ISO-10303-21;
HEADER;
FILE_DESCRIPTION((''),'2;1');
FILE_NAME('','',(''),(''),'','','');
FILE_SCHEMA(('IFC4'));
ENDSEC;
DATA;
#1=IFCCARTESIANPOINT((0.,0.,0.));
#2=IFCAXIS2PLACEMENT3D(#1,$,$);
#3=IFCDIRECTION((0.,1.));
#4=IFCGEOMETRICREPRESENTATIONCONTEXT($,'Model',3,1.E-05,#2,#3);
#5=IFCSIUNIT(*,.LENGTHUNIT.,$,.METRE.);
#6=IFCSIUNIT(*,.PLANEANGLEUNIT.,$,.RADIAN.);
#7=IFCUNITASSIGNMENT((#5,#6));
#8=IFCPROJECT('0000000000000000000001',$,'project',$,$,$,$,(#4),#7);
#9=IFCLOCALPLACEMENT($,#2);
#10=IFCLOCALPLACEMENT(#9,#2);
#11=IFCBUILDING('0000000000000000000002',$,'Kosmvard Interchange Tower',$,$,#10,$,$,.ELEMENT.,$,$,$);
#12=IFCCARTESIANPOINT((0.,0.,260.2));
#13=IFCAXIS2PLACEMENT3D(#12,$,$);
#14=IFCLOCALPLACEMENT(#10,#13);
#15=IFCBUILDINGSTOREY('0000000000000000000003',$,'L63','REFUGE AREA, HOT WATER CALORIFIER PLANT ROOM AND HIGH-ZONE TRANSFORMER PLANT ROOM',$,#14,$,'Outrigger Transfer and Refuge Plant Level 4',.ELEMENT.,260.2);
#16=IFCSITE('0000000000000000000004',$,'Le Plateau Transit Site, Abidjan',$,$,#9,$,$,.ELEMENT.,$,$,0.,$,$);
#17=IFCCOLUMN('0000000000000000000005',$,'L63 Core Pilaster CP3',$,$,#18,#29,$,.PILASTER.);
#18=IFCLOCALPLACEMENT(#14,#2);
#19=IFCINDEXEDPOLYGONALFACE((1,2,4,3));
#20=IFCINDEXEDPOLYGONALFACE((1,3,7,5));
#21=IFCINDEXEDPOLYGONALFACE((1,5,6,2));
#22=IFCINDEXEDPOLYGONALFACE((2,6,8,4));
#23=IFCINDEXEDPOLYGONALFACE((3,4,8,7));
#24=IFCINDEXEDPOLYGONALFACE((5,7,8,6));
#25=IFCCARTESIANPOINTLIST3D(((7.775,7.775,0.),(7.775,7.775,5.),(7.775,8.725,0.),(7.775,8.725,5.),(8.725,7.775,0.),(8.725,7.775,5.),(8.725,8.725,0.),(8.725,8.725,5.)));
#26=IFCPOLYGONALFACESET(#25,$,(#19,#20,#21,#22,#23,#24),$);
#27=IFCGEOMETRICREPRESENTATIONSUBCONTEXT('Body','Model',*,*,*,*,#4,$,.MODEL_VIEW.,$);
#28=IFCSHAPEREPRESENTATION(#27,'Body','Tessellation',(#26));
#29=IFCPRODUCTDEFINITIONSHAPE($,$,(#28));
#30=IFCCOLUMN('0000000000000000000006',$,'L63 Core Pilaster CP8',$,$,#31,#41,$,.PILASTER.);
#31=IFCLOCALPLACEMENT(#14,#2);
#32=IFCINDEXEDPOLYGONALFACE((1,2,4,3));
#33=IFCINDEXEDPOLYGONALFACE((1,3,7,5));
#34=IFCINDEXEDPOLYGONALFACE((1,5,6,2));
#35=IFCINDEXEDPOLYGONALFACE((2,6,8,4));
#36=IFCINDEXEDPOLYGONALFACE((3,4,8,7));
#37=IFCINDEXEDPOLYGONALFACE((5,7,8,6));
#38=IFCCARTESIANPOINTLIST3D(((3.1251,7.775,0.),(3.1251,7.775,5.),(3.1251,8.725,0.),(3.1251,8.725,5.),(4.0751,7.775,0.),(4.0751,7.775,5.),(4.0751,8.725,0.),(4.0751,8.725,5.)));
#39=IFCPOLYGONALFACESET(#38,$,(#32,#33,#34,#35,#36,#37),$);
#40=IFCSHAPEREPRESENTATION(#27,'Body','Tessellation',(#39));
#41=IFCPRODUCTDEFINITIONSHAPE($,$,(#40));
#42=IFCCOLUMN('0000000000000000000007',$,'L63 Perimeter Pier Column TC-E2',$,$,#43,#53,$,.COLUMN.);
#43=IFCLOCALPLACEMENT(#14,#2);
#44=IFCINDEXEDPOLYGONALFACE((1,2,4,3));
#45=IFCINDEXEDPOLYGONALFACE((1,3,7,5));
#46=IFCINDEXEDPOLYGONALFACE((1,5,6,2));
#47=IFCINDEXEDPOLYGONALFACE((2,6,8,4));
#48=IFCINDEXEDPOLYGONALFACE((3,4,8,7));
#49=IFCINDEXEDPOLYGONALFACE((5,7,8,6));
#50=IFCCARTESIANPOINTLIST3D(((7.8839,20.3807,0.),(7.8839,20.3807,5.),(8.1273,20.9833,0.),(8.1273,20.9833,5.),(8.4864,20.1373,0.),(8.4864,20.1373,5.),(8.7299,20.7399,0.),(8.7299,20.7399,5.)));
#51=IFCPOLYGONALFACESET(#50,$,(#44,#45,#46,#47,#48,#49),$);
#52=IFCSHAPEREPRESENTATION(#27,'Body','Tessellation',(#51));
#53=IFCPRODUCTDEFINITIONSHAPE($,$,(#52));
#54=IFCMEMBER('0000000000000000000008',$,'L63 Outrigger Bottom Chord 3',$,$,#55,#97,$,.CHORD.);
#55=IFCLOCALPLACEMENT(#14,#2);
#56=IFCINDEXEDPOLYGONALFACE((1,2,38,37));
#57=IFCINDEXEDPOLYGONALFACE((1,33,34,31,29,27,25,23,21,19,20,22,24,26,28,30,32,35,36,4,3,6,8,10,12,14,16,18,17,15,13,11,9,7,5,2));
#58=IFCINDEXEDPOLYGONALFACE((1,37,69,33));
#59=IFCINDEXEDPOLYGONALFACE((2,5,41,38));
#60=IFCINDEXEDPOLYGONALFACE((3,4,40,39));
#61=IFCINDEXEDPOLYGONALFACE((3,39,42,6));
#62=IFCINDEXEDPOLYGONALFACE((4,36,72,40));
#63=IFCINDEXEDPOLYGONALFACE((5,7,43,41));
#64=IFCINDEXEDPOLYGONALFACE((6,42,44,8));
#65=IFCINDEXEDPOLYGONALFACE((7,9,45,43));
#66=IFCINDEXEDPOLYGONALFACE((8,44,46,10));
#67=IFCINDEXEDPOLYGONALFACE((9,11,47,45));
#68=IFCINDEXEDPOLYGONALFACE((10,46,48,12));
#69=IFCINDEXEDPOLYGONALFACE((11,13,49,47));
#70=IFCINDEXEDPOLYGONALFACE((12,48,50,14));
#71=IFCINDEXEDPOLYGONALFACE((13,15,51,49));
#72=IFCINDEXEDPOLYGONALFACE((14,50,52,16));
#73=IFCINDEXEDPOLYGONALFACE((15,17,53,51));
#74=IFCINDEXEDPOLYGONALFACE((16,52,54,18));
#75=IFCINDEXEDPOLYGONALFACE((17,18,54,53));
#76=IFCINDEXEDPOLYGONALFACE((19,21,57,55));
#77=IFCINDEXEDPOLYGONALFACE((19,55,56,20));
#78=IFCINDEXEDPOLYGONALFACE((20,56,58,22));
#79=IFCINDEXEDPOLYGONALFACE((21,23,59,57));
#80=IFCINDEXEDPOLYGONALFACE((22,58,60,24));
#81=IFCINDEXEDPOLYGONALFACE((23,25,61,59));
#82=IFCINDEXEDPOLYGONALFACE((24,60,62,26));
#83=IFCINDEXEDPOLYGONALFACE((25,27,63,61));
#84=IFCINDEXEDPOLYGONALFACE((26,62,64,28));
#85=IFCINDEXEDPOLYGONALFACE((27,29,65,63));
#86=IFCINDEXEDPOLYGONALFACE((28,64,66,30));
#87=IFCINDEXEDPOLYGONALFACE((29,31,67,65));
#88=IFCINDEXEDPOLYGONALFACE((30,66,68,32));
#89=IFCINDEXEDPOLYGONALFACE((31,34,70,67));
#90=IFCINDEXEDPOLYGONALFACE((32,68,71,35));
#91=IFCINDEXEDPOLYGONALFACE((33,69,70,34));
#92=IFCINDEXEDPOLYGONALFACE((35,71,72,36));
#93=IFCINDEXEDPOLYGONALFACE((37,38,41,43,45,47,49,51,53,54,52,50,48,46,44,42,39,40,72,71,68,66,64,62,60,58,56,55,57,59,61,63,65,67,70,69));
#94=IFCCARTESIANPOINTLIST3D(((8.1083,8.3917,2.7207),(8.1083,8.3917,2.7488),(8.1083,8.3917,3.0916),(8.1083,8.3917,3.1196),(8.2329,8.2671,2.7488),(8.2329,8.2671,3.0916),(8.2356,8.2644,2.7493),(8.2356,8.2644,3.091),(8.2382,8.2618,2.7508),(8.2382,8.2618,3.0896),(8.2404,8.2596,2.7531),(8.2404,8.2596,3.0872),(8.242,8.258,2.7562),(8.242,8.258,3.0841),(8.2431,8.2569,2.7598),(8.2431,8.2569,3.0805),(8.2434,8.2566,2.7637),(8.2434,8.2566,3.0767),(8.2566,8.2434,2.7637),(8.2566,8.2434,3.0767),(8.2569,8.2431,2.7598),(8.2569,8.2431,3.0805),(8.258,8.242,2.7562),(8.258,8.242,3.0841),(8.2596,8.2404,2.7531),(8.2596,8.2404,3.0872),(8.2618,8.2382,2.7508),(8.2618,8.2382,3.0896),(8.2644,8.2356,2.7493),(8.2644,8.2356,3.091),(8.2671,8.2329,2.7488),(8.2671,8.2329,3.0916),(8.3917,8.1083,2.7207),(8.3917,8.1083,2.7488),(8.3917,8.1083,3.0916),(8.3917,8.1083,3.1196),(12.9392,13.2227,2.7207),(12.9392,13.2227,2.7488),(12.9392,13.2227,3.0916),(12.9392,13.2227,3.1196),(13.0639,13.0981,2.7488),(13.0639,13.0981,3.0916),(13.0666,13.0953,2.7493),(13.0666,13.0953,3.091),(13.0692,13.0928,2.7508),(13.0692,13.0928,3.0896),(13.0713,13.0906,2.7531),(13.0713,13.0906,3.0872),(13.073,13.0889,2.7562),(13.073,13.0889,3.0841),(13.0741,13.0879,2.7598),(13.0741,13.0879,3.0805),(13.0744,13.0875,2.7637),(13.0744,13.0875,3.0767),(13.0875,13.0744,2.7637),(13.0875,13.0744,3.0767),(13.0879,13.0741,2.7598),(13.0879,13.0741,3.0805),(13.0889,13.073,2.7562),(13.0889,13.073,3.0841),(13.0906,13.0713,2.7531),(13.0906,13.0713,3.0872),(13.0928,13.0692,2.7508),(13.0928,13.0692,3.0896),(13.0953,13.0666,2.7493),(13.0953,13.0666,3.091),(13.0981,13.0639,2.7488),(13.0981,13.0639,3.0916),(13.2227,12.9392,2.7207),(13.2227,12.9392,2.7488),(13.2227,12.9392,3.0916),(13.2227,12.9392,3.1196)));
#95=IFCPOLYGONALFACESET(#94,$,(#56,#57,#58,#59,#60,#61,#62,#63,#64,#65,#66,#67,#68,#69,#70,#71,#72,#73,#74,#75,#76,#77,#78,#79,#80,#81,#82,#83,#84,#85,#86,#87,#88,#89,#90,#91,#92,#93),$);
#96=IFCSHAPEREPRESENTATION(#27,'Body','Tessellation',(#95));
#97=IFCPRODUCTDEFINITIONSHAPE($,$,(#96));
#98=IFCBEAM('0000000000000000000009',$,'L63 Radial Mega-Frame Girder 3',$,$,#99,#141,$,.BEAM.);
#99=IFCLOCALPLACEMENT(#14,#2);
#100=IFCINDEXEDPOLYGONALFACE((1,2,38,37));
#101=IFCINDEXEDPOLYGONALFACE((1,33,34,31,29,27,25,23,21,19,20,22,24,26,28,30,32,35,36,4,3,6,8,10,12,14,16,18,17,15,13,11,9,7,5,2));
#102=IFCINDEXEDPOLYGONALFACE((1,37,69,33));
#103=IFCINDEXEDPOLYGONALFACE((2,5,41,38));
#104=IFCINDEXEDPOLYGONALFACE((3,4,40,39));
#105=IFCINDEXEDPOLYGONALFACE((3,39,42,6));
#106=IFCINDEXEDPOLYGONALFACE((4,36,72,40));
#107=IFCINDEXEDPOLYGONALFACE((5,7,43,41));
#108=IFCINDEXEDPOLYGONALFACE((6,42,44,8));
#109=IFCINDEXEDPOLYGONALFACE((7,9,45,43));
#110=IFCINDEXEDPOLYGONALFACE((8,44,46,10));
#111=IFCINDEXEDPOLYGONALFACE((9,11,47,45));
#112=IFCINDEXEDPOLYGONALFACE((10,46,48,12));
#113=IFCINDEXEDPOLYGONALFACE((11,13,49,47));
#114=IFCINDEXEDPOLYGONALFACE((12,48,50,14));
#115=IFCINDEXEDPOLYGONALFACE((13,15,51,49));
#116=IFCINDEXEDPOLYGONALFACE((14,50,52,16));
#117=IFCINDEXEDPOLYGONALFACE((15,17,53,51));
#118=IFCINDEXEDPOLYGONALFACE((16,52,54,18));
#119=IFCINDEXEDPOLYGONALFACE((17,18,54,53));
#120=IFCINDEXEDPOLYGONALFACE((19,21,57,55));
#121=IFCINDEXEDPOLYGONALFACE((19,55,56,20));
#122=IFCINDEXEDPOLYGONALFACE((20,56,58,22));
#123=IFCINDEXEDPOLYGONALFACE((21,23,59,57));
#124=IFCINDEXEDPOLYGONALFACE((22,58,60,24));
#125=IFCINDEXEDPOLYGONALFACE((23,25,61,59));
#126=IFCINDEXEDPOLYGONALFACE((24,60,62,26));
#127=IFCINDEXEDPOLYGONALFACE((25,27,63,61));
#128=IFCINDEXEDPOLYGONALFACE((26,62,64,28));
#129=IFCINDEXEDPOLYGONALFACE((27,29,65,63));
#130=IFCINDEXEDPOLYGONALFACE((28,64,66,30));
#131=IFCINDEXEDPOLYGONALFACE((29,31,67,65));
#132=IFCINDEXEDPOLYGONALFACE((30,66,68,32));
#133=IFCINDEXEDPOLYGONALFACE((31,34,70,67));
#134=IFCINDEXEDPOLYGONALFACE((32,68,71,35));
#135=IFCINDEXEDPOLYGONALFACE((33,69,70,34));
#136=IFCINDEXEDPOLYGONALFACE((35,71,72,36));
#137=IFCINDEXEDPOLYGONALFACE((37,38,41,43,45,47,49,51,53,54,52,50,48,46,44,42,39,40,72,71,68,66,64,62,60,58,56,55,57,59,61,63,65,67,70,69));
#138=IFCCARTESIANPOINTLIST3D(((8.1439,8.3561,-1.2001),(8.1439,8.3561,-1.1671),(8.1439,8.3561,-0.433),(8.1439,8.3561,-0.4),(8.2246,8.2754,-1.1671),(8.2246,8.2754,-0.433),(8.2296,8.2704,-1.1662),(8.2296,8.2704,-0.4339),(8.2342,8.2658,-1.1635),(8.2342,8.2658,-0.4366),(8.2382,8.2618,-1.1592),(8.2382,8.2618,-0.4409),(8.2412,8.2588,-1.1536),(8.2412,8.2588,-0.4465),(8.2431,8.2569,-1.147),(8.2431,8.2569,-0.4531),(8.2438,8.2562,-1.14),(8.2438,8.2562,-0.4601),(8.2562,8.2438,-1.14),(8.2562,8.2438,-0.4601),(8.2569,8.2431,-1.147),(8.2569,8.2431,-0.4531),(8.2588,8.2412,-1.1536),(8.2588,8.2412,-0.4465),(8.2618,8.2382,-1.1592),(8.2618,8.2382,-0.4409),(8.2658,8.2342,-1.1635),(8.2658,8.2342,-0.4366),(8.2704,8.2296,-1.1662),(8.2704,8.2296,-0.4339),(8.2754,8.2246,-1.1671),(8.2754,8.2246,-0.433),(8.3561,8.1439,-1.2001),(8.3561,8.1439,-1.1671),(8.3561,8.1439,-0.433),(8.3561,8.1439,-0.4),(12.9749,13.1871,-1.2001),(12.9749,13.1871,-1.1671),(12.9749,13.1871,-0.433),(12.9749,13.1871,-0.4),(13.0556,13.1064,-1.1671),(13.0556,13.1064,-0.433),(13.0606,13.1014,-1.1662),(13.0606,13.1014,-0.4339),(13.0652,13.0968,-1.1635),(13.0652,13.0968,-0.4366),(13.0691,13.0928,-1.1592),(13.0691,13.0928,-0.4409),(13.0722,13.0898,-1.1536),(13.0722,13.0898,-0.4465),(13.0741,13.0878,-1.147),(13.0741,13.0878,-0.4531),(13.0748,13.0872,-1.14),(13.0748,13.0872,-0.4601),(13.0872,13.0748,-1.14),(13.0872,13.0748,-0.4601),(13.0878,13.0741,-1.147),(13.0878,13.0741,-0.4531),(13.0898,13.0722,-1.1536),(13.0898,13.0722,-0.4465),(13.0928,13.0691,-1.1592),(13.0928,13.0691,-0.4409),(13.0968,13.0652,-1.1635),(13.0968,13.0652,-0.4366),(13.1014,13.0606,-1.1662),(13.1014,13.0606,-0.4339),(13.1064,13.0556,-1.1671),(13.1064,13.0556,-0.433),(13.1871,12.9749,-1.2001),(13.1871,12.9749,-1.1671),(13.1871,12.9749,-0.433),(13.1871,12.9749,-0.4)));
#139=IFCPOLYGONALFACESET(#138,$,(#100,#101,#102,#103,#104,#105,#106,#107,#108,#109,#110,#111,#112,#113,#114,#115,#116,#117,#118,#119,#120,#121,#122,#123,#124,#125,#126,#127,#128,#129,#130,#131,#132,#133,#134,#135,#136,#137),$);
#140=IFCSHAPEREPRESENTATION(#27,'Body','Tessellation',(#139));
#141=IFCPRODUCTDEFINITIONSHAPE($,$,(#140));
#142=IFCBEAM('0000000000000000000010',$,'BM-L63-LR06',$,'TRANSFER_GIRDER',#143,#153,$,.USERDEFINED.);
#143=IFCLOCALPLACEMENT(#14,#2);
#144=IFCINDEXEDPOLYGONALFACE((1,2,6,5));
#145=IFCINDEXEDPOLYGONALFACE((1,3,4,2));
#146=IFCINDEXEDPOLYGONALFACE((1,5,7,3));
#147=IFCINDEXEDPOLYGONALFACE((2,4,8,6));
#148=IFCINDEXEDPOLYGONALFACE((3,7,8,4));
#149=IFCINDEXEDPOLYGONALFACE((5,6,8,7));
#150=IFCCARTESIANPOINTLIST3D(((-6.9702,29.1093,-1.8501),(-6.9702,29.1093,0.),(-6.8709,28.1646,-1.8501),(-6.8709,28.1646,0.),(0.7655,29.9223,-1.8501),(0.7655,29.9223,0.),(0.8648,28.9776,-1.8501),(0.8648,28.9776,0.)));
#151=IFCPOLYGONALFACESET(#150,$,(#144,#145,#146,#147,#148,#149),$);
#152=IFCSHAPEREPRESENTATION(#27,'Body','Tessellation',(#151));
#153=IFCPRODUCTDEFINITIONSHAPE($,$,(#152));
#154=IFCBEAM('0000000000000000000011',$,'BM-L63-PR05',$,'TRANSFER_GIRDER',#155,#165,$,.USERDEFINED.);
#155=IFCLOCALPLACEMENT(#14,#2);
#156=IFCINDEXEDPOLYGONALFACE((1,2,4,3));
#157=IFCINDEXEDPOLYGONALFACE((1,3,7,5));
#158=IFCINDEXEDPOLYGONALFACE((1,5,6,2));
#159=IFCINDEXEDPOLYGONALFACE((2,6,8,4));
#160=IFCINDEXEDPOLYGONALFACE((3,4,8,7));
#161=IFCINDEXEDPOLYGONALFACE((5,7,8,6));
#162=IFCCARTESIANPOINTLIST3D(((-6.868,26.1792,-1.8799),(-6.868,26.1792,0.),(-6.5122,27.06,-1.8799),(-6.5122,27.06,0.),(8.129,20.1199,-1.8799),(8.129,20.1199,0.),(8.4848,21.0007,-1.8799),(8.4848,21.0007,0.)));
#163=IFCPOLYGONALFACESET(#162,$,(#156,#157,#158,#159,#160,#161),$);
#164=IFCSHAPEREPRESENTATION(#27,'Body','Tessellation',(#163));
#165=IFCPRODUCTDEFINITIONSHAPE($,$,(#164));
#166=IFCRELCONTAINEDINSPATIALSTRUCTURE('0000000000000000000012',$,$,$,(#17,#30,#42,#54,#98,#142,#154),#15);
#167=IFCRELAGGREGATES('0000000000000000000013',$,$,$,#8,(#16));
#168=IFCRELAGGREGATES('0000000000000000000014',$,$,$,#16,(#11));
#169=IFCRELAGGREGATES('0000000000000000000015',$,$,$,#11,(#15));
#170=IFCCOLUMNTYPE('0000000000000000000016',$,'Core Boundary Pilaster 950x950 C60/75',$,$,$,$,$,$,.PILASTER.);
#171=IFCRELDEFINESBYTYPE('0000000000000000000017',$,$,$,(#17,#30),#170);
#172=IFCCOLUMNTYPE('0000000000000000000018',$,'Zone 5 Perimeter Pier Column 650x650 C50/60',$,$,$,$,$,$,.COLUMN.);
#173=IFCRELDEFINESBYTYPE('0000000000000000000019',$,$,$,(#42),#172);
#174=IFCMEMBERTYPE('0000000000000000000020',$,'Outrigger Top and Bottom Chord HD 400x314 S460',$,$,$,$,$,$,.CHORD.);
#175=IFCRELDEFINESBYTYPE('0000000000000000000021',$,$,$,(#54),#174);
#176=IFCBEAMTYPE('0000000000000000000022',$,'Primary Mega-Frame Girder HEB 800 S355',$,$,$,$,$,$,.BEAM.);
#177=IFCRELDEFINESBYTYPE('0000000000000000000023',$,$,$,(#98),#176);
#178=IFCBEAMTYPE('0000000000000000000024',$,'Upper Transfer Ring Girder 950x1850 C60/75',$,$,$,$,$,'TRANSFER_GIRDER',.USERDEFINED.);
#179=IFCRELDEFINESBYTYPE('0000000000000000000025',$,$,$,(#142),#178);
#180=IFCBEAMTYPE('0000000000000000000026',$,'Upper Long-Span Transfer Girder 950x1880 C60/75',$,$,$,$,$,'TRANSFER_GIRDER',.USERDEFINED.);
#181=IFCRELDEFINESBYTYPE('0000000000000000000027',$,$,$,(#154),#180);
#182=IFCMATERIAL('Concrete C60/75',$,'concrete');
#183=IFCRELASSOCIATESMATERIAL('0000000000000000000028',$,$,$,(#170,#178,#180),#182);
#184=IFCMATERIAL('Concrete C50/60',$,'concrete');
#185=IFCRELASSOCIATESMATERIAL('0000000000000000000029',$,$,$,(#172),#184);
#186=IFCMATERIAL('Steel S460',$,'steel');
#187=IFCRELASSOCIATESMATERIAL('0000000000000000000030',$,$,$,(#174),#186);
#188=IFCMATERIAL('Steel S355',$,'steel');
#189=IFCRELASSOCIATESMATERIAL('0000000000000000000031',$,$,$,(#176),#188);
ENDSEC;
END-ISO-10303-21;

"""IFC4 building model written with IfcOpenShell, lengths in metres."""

from ifc_helpers import new_model, si_unit, direction, frame, origin, origin_2d, place, context, subcontext, project, spatial, rectangle, i_section, extrude, source, transform, mapped, material, material_profile, profile_set, type_object, element, save


model = new_model("IFC4")

# Units and contexts
model_context = context("Model", 3, precision=1e-05, world=origin(), true_north=direction((0.0, 1.0)))
body_context = subcontext(model_context, "Body", "Model", "MODEL_VIEW")
ifc_project = project(units=[si_unit("LENGTHUNIT", "METRE"), si_unit("PLANEANGLEUNIT", "RADIAN")], contexts=[model_context])

# Site, building, storey
site_placement = place(None, origin())
site = spatial("IfcSite", under=ifc_project, at=site_placement, Name="Le Plateau Transit Site, Abidjan", CompositionType="ELEMENT", RefElevation=0.0)
building_placement = place(site_placement, origin())
building = spatial("IfcBuilding", under=site, at=building_placement, Name="Kosmvard Interchange Tower", CompositionType="ELEMENT")
storey_placement = place(building_placement, frame((0.0, 0.0, 260.2)))
storey = spatial("IfcBuildingStorey", under=building, at=storey_placement, Name="L63", Description="REFUGE AREA, HOT WATER CALORIFIER PLANT ROOM AND HIGH-ZONE TRANSFORMER PLANT ROOM", LongName="Outrigger Transfer and Refuge Plant Level 4", CompositionType="ELEMENT", Elevation=260.2)

# Columns
ifc_material_1 = material(Name="Concrete C60/75", Category="concrete")
ifc_material_profile_1 = material_profile(ifc_material_1, rectangle(XDim=0.95, YDim=0.95, at=origin_2d()), Name="CP 950x950")
ifc_profile_set_1 = profile_set([ifc_material_profile_1], Name="Concrete C60/75")
column_type_1 = type_object("IfcColumnType", Name="Core Boundary Pilaster 950x950 C60/75", PredefinedType="PILASTER", material=ifc_profile_set_1)
shared_shape_1 = source(origin(), body_context, "Body", "SweptSolid", [
    extrude(rectangle(XDim=0.95, YDim=0.95, at=origin_2d()), origin(), (0.0, 0.0, 1.0), 5.0),
])
for number, where, z_axis, x_axis, name in (
    (1, (8.25, 8.25, 0.0), (0.0, 0.0, 1.0), (1.0, 0.0, 0.0), "L63 Core Pilaster CP3"),
    (2, (3.6001, 8.25, 0.0), (0.0, 0.0, 1.0), (1.0, 0.0, 0.0), "L63 Core Pilaster CP8"),
):
    element("IfcColumn", number, at=place(storey_placement, frame(where, z_axis=z_axis, x_axis=x_axis)), inside=storey, type_object=column_type_1, Name=name, PredefinedType="PILASTER", context=body_context, shape_type="MappedRepresentation", body=[
        mapped(shared_shape_1, transform((0.0, 0.0, 0.0), scale=1.0)),
    ])
ifc_material_2 = material(Name="Concrete C50/60", Category="concrete")
ifc_material_profile_2 = material_profile(ifc_material_2, rectangle(XDim=0.6499, YDim=0.6499, at=origin_2d()), Name="TC 650x650")
ifc_profile_set_2 = profile_set([ifc_material_profile_2], Name="Concrete C50/60")
column_type_2 = type_object("IfcColumnType", Name="Zone 5 Perimeter Pier Column 650x650 C50/60", PredefinedType="COLUMN", material=ifc_profile_set_2)
shared_shape_2 = source(origin(), body_context, "Body", "SweptSolid", [
    extrude(rectangle(XDim=0.6499, YDim=0.6499, at=origin_2d()), origin(), (0.0, 0.0, 1.0), 5.0),
])
column_placement = place(storey_placement, frame((8.3069, 20.5603, 0.0), z_axis=(0.0, 0.0, 1.0), x_axis=(0.374607, 0.927184, 0.0)))
element("IfcColumn", 3, at=column_placement, inside=storey, type_object=column_type_2, Name="L63 Perimeter Pier Column TC-E2", PredefinedType="COLUMN", context=body_context, shape_type="MappedRepresentation", body=[
    mapped(shared_shape_2, transform((0.0, 0.0, 0.0), scale=1.0)),
])

# Member
ifc_material_3 = material(Name="Steel S460", Category="steel")
ifc_material_profile_3 = material_profile(ifc_material_3, i_section(OverallWidth=0.4009, OverallDepth=0.3989, WebThickness=0.0186, FlangeThickness=0.0281, FilletRadius=0.0149, at=origin_2d()), Name="HD 400x314")
ifc_profile_set_3 = profile_set([ifc_material_profile_3], Name="Steel S460")
member_type_1 = type_object("IfcMemberType", Name="Outrigger Top and Bottom Chord HD 400x314 S460", PredefinedType="CHORD", material=ifc_profile_set_3)
shared_shape_3 = source(origin(), body_context, "Body", "SweptSolid", [
    extrude(i_section(OverallWidth=0.4009, OverallDepth=0.3989, WebThickness=0.0186, FlangeThickness=0.0281, FilletRadius=0.0149, at=origin_2d()), origin(), (0.0, 0.0, 1.0), 6.832),
])
member_1_placement = place(storey_placement, frame((8.25, 8.25, 2.9202), z_axis=(0.707107, 0.707107, 0.0), x_axis=(-0.707107, 0.707107, 0.0)))
element("IfcMember", 4, at=member_1_placement, inside=storey, type_object=member_type_1, Name="L63 Outrigger Bottom Chord 3", PredefinedType="CHORD", context=body_context, shape_type="MappedRepresentation", body=[
    mapped(shared_shape_3, transform((0.0, 0.0, 0.0), scale=1.0)),
])

# Beams
ifc_material_4 = material(Name="Steel S355", Category="steel")
ifc_material_profile_4 = material_profile(ifc_material_4, i_section(OverallWidth=0.3, OverallDepth=0.8, WebThickness=0.0176, FlangeThickness=0.033, FilletRadius=0.0271, at=origin_2d()), Name="HEB 800")
ifc_profile_set_4 = profile_set([ifc_material_profile_4], Name="Steel S355")
beam_type_1 = type_object("IfcBeamType", Name="Primary Mega-Frame Girder HEB 800 S355", PredefinedType="BEAM", material=ifc_profile_set_4)
shared_shape_4 = source(origin(), body_context, "Body", "SweptSolid", [
    extrude(i_section(OverallWidth=0.3, OverallDepth=0.8, WebThickness=0.0176, FlangeThickness=0.033, FilletRadius=0.0271, at=origin_2d()), origin(), (0.0, 0.0, 1.0), 6.832),
])
beam_1_placement = place(storey_placement, frame((8.25, 8.25, -0.8), z_axis=(0.707107, 0.707107, 0.0), x_axis=(-0.707107, 0.707107, 0.0)))
element("IfcBeam", 5, at=beam_1_placement, inside=storey, type_object=beam_type_1, Name="L63 Radial Mega-Frame Girder 3", PredefinedType="BEAM", context=body_context, shape_type="MappedRepresentation", body=[
    mapped(shared_shape_4, transform((0.0, 0.0, 0.0), scale=1.0)),
])
ifc_material_profile_5 = material_profile(ifc_material_1, rectangle(XDim=0.95, YDim=1.8501, at=origin_2d()), Name="TG 950x1850")
ifc_profile_set_5 = profile_set([ifc_material_profile_5], Name="Concrete C60/75")
beam_type_2 = type_object("IfcBeamType", Name="Upper Transfer Ring Girder 950x1850 C60/75", ElementType="TRANSFER_GIRDER", PredefinedType="USERDEFINED", material=ifc_profile_set_5)
shared_shape_5 = source(origin(), body_context, "Body", "SweptSolid", [
    extrude(rectangle(XDim=0.95, YDim=1.8501, at=origin_2d()), origin(), (0.0, 0.0, 1.0), 7.7783),
])
beam_2_placement = place(storey_placement, frame((0.8152, 29.45, -0.925), z_axis=(-0.994523, -0.104521, 0.0), x_axis=(0.104521, -0.994523, 0.0)))
element("IfcBeam", 6, at=beam_2_placement, inside=storey, type_object=beam_type_2, Name="BM-L63-LR06", ObjectType="TRANSFER_GIRDER", PredefinedType="USERDEFINED", context=body_context, shape_type="MappedRepresentation", body=[
    mapped(shared_shape_5, transform((0.0, 0.0, 0.0), scale=1.0)),
])
ifc_material_profile_6 = material_profile(ifc_material_1, rectangle(XDim=0.95, YDim=1.8799, at=origin_2d()), Name="TG 950x1880")
ifc_profile_set_6 = profile_set([ifc_material_profile_6], Name="Concrete C60/75")
beam_type_3 = type_object("IfcBeamType", Name="Upper Long-Span Transfer Girder 950x1880 C60/75", ElementType="TRANSFER_GIRDER", PredefinedType="USERDEFINED", material=ifc_profile_set_6)
shared_shape_6 = source(origin(), body_context, "Body", "SweptSolid", [
    extrude(rectangle(XDim=0.95, YDim=1.8799, at=origin_2d()), origin(), (0.0, 0.0, 1.0), 16.1748),
])
beam_3_placement = place(storey_placement, frame((8.3069, 20.5603, -0.9399), z_axis=(-0.927181, 0.374613, 0.0), x_axis=(-0.374613, -0.927181, 0.0)))
element("IfcBeam", 7, at=beam_3_placement, inside=storey, type_object=beam_type_3, Name="BM-L63-PR05", ObjectType="TRANSFER_GIRDER", PredefinedType="USERDEFINED", context=body_context, shape_type="MappedRepresentation", body=[
    mapped(shared_shape_6, transform((0.0, 0.0, 0.0), scale=1.0)),
])

save(model, "model.ifc")
